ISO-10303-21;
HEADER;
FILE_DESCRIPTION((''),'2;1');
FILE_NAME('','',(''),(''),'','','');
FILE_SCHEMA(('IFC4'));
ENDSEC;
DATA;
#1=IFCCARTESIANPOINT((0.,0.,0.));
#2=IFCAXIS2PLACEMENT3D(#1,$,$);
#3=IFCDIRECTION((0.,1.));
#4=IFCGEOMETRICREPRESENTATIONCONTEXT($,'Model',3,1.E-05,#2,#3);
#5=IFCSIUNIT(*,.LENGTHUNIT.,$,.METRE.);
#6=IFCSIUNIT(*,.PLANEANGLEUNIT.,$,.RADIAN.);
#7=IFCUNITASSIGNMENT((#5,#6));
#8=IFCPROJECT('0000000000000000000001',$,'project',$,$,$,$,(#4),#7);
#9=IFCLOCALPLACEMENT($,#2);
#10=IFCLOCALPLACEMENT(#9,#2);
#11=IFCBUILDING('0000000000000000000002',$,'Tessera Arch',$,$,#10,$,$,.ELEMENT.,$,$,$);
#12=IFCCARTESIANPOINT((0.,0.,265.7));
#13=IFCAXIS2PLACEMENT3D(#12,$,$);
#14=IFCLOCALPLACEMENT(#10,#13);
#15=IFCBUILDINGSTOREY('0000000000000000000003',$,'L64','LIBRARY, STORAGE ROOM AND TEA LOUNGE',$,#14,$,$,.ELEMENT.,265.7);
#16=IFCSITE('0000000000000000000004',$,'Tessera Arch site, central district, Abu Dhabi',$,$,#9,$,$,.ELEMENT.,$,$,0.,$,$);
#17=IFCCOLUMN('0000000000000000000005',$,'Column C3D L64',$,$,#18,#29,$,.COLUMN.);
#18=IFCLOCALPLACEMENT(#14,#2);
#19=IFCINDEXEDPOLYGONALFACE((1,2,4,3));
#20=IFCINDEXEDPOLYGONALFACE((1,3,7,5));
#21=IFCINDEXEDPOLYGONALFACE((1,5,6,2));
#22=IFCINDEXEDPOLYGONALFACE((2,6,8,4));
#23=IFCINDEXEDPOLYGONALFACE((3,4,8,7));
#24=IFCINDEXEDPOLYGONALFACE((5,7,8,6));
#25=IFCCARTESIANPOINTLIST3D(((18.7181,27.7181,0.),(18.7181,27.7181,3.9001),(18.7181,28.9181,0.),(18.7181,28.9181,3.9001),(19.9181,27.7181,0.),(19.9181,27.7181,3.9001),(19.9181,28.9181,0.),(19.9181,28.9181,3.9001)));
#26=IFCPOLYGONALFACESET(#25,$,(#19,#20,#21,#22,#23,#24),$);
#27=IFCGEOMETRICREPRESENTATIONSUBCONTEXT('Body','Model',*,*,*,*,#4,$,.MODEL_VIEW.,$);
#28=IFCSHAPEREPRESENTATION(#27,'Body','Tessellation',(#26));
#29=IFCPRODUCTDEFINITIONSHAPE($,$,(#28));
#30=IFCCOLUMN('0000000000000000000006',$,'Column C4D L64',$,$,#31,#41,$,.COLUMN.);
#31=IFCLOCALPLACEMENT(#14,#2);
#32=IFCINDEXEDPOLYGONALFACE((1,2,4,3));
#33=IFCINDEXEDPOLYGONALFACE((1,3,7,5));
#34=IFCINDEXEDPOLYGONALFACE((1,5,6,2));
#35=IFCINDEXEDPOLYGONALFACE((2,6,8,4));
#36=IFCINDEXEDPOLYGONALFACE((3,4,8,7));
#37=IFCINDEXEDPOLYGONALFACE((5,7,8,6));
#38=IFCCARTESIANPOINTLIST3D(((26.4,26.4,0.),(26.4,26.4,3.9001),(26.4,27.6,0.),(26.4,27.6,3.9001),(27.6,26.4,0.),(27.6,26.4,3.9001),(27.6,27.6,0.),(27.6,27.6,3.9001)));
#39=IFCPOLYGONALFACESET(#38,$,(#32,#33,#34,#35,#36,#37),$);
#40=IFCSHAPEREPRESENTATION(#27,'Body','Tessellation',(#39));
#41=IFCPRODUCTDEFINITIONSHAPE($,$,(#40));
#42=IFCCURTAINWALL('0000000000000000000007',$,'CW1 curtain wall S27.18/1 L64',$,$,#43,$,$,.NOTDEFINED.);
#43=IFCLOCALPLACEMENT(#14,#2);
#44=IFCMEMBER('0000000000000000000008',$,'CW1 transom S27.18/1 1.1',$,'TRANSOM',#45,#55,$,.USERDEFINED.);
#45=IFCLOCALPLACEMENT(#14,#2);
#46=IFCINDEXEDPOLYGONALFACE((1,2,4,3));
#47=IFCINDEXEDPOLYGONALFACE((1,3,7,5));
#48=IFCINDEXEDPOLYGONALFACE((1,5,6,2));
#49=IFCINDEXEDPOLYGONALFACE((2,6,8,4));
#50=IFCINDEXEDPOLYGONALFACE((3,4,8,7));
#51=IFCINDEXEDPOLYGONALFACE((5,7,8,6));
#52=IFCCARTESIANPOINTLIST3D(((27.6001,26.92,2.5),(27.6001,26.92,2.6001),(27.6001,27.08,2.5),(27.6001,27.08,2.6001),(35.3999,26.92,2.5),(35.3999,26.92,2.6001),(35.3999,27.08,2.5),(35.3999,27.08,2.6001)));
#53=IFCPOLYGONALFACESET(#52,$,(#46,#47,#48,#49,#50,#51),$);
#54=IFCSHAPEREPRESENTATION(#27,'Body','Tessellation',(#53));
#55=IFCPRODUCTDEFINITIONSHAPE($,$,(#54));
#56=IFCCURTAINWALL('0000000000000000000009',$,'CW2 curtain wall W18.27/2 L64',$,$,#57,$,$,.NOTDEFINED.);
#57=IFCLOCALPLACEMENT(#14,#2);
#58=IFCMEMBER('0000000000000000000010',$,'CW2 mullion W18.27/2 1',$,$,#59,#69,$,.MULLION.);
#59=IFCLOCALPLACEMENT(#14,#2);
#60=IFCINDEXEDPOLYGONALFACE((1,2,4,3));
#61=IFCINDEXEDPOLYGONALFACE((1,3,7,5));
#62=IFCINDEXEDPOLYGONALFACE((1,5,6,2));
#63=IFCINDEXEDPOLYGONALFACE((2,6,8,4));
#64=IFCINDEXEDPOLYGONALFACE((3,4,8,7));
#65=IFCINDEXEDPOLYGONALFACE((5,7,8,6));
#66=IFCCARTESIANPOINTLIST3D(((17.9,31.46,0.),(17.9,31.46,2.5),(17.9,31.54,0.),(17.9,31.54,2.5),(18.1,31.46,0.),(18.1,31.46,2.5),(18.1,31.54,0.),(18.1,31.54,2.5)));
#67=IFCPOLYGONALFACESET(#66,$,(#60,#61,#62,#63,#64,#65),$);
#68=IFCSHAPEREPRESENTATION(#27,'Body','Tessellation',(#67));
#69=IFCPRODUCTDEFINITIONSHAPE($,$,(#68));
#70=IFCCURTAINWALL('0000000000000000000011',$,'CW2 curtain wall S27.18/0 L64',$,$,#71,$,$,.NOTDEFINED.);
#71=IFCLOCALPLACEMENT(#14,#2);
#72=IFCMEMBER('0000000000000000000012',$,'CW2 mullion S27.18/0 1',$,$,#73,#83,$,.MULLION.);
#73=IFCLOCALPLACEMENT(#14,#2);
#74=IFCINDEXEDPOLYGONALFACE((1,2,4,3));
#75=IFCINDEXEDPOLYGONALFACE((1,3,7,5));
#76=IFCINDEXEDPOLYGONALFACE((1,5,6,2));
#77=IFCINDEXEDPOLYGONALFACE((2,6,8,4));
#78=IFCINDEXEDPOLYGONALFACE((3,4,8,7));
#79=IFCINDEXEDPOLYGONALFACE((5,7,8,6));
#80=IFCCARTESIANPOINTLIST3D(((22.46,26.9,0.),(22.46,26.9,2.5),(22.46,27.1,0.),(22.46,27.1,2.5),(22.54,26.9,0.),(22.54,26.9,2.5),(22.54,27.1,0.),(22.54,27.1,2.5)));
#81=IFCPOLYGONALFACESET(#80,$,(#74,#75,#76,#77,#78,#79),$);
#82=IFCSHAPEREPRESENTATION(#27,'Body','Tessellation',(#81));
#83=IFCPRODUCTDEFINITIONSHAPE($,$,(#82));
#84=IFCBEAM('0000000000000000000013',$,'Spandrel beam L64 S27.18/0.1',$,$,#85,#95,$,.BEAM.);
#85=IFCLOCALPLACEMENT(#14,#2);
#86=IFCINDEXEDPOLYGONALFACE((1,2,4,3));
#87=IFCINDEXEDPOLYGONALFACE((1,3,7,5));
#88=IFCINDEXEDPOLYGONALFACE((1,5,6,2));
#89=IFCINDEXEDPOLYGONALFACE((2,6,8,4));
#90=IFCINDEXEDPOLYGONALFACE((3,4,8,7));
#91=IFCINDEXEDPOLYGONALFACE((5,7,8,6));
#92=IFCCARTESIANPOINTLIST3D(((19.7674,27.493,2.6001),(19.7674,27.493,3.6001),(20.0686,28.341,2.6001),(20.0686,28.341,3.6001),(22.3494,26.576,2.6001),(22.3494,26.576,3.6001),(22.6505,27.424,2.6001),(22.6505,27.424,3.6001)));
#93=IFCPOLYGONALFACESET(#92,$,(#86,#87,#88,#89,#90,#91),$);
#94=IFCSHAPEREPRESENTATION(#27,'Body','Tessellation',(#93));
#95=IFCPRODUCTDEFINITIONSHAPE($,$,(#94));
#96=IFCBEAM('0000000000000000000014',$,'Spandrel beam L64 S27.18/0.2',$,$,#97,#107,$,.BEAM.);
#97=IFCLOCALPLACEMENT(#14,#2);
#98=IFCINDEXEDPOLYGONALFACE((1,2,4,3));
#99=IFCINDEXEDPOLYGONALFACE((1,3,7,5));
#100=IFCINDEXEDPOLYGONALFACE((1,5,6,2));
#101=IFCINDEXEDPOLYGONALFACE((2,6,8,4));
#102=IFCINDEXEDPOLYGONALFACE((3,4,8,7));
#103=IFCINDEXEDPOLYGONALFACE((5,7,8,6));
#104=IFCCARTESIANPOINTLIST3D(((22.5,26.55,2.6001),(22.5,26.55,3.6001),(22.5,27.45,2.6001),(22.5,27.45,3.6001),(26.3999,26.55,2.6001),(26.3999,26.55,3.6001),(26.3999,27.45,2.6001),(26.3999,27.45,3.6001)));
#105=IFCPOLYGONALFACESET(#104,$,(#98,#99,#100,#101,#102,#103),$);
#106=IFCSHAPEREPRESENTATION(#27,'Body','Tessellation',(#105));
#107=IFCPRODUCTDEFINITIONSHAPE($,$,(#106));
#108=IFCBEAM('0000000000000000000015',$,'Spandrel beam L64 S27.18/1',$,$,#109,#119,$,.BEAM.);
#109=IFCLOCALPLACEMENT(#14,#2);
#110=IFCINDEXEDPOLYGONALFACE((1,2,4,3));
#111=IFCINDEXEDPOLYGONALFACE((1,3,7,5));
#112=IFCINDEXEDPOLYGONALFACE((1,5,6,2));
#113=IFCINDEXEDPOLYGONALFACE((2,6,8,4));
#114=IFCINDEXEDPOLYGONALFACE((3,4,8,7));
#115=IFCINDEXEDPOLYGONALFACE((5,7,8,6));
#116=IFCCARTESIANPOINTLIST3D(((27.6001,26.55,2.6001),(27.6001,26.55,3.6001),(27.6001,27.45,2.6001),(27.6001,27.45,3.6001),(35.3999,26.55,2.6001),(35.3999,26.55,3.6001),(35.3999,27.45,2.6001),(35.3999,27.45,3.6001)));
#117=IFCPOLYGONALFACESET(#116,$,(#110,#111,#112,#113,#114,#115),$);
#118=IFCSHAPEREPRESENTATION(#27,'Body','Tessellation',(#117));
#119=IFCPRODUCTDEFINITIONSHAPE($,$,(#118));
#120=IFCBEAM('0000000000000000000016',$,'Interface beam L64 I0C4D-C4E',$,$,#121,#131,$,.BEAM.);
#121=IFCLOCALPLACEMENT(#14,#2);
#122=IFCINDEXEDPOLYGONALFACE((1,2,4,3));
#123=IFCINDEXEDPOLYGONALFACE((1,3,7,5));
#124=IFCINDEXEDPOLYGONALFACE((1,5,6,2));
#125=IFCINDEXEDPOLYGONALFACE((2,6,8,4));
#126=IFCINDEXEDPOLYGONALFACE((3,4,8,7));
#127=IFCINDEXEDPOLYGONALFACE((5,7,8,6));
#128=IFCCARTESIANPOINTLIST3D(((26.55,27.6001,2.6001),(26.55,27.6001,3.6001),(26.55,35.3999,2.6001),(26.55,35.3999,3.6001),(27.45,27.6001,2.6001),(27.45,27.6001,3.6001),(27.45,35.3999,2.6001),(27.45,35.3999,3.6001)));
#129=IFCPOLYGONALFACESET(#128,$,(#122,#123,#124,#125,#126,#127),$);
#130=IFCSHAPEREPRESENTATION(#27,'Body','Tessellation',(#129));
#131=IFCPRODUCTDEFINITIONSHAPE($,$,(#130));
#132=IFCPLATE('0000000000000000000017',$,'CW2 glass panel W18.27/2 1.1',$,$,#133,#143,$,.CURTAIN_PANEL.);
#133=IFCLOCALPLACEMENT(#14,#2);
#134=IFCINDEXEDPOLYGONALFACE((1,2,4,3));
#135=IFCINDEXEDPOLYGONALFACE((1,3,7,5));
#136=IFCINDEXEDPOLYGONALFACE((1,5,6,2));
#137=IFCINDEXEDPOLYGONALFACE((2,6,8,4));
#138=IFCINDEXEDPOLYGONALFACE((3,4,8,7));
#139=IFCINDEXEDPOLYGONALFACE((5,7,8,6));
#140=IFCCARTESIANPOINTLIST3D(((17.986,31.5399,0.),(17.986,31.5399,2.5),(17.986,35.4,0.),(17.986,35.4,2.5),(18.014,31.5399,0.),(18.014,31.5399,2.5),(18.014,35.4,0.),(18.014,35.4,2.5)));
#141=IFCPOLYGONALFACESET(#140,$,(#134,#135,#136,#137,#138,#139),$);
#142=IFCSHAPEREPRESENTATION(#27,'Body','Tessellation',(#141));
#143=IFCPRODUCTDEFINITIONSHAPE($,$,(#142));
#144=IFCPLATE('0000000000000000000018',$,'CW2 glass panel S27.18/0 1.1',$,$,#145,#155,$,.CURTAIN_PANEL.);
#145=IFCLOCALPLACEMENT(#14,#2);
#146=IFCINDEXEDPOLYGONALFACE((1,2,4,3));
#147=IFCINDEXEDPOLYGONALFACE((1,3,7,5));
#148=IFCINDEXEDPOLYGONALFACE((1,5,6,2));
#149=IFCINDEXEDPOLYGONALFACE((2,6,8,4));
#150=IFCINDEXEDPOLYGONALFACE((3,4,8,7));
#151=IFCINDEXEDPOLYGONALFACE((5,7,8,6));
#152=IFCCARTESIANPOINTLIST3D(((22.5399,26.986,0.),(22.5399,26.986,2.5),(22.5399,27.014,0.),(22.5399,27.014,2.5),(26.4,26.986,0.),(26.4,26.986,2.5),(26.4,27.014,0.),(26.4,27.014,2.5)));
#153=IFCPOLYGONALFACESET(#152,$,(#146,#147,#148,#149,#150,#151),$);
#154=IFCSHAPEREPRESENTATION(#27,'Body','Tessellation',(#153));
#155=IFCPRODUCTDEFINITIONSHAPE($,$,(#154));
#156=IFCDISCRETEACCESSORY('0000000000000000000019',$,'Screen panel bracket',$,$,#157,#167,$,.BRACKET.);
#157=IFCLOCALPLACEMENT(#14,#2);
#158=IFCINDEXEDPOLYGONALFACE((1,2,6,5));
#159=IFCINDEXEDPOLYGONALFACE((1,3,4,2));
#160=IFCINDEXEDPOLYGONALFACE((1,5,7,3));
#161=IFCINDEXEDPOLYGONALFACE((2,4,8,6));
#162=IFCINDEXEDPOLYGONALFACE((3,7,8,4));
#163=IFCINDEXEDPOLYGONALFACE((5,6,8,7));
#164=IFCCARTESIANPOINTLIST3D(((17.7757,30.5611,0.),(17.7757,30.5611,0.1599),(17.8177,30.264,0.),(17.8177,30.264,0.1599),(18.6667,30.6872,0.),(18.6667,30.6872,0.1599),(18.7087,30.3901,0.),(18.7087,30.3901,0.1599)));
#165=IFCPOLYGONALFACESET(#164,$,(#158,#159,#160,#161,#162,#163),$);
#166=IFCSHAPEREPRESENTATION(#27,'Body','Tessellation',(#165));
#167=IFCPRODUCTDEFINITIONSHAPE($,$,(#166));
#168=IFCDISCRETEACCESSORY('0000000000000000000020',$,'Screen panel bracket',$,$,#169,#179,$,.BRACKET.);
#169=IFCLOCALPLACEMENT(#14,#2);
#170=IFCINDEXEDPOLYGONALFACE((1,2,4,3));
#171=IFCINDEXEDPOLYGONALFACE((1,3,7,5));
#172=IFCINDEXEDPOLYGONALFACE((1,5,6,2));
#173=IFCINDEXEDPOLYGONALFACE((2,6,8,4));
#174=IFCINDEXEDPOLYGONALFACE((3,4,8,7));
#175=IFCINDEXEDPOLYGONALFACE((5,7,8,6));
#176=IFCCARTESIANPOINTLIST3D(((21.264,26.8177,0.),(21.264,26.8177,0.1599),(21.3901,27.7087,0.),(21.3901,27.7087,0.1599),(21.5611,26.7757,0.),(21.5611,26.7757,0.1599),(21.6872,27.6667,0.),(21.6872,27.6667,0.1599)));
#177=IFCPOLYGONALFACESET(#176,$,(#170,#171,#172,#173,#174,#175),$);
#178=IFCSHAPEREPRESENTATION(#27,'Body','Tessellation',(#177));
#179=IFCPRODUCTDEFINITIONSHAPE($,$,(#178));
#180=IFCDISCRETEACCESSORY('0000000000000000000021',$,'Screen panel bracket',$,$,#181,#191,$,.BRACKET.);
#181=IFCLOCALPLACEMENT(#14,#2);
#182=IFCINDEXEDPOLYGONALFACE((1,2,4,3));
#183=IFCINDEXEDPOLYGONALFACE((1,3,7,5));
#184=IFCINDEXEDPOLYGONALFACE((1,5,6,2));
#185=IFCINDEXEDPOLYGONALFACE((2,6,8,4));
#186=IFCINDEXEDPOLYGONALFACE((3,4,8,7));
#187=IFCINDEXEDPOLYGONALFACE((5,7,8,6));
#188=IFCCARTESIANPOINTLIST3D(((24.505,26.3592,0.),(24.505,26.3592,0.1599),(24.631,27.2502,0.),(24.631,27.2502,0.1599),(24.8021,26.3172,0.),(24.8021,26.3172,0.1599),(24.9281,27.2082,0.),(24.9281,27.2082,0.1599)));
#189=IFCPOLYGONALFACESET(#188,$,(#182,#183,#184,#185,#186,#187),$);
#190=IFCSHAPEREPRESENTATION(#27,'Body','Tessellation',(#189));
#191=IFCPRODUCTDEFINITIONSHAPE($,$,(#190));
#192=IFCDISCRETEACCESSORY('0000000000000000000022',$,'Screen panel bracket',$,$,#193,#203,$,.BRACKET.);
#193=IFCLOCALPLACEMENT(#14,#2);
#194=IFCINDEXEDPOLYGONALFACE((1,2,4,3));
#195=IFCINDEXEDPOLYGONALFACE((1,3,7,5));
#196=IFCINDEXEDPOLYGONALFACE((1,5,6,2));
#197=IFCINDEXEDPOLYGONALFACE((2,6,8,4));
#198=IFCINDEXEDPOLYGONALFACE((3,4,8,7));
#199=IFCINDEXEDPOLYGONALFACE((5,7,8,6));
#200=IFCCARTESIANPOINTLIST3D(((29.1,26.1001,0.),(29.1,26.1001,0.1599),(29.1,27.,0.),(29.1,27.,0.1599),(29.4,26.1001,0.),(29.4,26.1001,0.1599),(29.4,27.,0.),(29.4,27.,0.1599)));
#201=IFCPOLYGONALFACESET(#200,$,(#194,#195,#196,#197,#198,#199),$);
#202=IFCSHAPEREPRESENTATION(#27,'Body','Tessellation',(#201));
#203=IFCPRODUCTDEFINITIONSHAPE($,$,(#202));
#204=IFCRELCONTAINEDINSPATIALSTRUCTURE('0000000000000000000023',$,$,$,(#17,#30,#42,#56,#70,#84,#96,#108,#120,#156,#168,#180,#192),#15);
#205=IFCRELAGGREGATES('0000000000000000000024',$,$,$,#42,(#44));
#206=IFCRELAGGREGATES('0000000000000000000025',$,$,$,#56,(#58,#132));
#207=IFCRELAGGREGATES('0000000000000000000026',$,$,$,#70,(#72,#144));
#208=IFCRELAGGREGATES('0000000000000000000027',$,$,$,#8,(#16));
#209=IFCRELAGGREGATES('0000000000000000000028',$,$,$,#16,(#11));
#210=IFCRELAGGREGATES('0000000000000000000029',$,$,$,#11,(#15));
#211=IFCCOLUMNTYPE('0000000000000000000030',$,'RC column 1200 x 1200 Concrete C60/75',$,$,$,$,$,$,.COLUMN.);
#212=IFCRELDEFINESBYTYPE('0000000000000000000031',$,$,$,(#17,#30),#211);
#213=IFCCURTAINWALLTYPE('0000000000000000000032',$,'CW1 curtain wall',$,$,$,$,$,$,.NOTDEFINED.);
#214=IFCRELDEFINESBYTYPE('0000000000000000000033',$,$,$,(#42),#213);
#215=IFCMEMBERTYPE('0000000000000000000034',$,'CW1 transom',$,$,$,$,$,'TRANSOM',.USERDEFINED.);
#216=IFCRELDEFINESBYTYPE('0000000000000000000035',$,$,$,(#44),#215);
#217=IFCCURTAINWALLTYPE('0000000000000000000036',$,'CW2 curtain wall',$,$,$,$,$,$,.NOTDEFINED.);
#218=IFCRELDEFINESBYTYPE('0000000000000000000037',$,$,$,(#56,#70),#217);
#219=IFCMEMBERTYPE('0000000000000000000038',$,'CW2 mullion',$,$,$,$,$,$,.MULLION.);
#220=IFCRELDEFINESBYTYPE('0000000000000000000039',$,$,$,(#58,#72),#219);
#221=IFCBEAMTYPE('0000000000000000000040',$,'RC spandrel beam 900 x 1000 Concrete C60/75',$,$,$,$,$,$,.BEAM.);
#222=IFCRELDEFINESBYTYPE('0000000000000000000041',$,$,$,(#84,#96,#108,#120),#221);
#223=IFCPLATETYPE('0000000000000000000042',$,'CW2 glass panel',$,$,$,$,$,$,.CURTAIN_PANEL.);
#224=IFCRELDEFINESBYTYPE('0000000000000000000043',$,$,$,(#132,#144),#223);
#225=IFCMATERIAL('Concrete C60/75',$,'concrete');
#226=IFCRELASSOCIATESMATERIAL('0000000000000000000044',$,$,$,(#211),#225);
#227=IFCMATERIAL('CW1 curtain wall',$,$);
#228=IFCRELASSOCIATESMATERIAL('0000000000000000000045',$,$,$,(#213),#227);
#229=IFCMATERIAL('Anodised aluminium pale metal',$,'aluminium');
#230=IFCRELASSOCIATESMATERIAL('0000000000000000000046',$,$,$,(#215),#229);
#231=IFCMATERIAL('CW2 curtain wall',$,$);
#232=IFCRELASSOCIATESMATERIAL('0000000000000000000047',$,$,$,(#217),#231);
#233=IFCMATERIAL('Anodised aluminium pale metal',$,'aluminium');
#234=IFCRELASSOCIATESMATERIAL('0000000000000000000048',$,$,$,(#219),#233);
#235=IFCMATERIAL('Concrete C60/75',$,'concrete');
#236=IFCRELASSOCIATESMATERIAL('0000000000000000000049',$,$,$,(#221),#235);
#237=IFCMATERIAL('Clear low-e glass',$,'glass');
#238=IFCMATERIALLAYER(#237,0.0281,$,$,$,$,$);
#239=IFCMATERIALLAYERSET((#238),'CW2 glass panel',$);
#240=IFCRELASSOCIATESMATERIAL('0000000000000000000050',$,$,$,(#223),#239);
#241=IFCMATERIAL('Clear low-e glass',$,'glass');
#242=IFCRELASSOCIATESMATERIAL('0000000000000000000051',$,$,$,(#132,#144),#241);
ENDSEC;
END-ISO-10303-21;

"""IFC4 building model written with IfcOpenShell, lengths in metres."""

from ifc_helpers import new_model, si_unit, direction, frame, origin, origin_2d, place, context, subcontext, project, spatial, rectangle, extrude, material, layer, layer_set, material_profile, profile_set, type_object, element, aggregate, save


model = new_model("IFC4")

# Units and contexts
model_context = context("Model", 3, precision=1e-05, world=origin(), true_north=direction((0.0, 1.0)))
body_context = subcontext(model_context, "Body", "Model", "MODEL_VIEW")
ifc_project = project(units=[si_unit("LENGTHUNIT", "METRE"), si_unit("PLANEANGLEUNIT", "RADIAN")], contexts=[model_context])

# Site, building, storey
site_placement = place(None, origin())
site = spatial("IfcSite", under=ifc_project, at=site_placement, Name="Tessera Arch site, central district, Abu Dhabi", CompositionType="ELEMENT", RefElevation=0.0)
building_placement = place(site_placement, origin())
building = spatial("IfcBuilding", under=site, at=building_placement, Name="Tessera Arch", CompositionType="ELEMENT")
storey_placement = place(building_placement, frame((0.0, 0.0, 265.7)))
storey = spatial("IfcBuildingStorey", under=building, at=storey_placement, Name="L64", Description="LIBRARY, STORAGE ROOM AND TEA LOUNGE", CompositionType="ELEMENT", Elevation=265.7)

# Columns
ifc_material_1 = material(Name="Concrete C60/75", Category="concrete")
ifc_material_profile_1 = material_profile(ifc_material_1, rectangle(XDim=1.2, YDim=1.2, at=origin_2d()), Name="RC column 1200 x 1200 Concrete C60/75")
ifc_profile_set_1 = profile_set([ifc_material_profile_1], Name="Concrete C60/75")
column_type = type_object("IfcColumnType", Name="RC column 1200 x 1200 Concrete C60/75", PredefinedType="COLUMN", material=ifc_profile_set_1)
for number, where, z_axis, x_axis, name in (
    (1, (19.3181, 28.3181, 0.0), (0.0, 0.0, 1.0), (1.0, 0.0, 0.0), "Column C3D L64"),
    (2, (27.0, 27.0, 0.0), (0.0, 0.0, 1.0), (1.0, 0.0, 0.0), "Column C4D L64"),
):
    element("IfcColumn", number, at=place(storey_placement, frame(where, z_axis=z_axis, x_axis=x_axis)), inside=storey, type_object=column_type, Name=name, PredefinedType="COLUMN", context=body_context, shape_type="SweptSolid", body=[
        extrude(rectangle(XDim=1.2, YDim=1.2, at=origin_2d()), origin(), (0.0, 0.0, 1.0), 3.9001),
    ])

# Curtain walls, members
ifc_material_2 = material(Name="CW1 curtain wall")
curtain_wall_type_1 = type_object("IfcCurtainWallType", Name="CW1 curtain wall", PredefinedType="NOTDEFINED", material=ifc_material_2)
curtain_wall_1_placement = place(storey_placement, origin())
curtain_wall_1 = element("IfcCurtainWall", 3, at=curtain_wall_1_placement, inside=storey, type_object=curtain_wall_type_1, Name="CW1 curtain wall S27.18/1 L64", PredefinedType="NOTDEFINED")
ifc_material_3 = material(Name="Anodised aluminium pale metal", Category="aluminium")
ifc_material_profile_2 = material_profile(ifc_material_3, rectangle(XDim=0.1599, YDim=0.1001, at=origin_2d()), Name="AL 160x100")
ifc_profile_set_2 = profile_set([ifc_material_profile_2], Name="Anodised aluminium pale metal")
member_type_1 = type_object("IfcMemberType", Name="CW1 transom", ElementType="TRANSOM", PredefinedType="USERDEFINED", material=ifc_profile_set_2)
member_1_placement = place(storey_placement, frame((27.6001, 27.0, 2.55), z_axis=(1.0, 0.0, 0.0), x_axis=(0.0, 1.0, 0.0)))
member_1 = element("IfcMember", 4, at=member_1_placement, type_object=member_type_1, Name="CW1 transom S27.18/1 1.1", ObjectType="TRANSOM", PredefinedType="USERDEFINED", context=body_context, shape_type="SweptSolid", body=[
    extrude(rectangle(XDim=0.1599, YDim=0.1001, at=origin_2d()), origin(), (0.0, 0.0, 1.0), 7.7998),
])
aggregate(curtain_wall_1, [member_1])
ifc_material_4 = material(Name="CW2 curtain wall")
curtain_wall_type_2 = type_object("IfcCurtainWallType", Name="CW2 curtain wall", PredefinedType="NOTDEFINED", material=ifc_material_4)
curtain_wall_2_placement = place(storey_placement, origin())
curtain_wall_2 = element("IfcCurtainWall", 5, at=curtain_wall_2_placement, inside=storey, type_object=curtain_wall_type_2, Name="CW2 curtain wall W18.27/2 L64", PredefinedType="NOTDEFINED")
ifc_material_5 = material(Name="Anodised aluminium pale metal", Category="aluminium")
ifc_material_profile_3 = material_profile(ifc_material_5, rectangle(XDim=0.2, YDim=0.0801, at=origin_2d()), Name="AL 80x200")
ifc_profile_set_3 = profile_set([ifc_material_profile_3], Name="Anodised aluminium pale metal")
member_type_2 = type_object("IfcMemberType", Name="CW2 mullion", PredefinedType="MULLION", material=ifc_profile_set_3)
member_2_placement = place(storey_placement, frame((18.0, 31.5, 0.0), z_axis=(0.0, 0.0, 1.0), x_axis=(1.0, 0.0, 0.0)))
member_2 = element("IfcMember", 6, at=member_2_placement, type_object=member_type_2, Name="CW2 mullion W18.27/2 1", PredefinedType="MULLION", context=body_context, shape_type="SweptSolid", body=[
    extrude(rectangle(XDim=0.2, YDim=0.0801, at=origin_2d()), origin(), (0.0, 0.0, 1.0), 2.5),
])
curtain_wall_3_placement = place(storey_placement, origin())
curtain_wall_3 = element("IfcCurtainWall", 7, at=curtain_wall_3_placement, inside=storey, type_object=curtain_wall_type_2, Name="CW2 curtain wall S27.18/0 L64", PredefinedType="NOTDEFINED")
member_3_placement = place(storey_placement, frame((22.5, 27.0, 0.0), z_axis=(0.0, 0.0, 1.0), x_axis=(0.0, 1.0, 0.0)))
member_3 = element("IfcMember", 8, at=member_3_placement, type_object=member_type_2, Name="CW2 mullion S27.18/0 1", PredefinedType="MULLION", context=body_context, shape_type="SweptSolid", body=[
    extrude(rectangle(XDim=0.2, YDim=0.0801, at=origin_2d()), origin(), (0.0, 0.0, 1.0), 2.5),
])

# Beams
ifc_material_6 = material(Name="Concrete C60/75", Category="concrete")
ifc_material_profile_4 = material_profile(ifc_material_6, rectangle(XDim=0.8999, YDim=1.0, at=origin_2d()), Name="RC spandrel beam 900 x 1000 Concrete C60/75")
ifc_profile_set_4 = profile_set([ifc_material_profile_4], Name="Concrete C60/75")
beam_type = type_object("IfcBeamType", Name="RC spandrel beam 900 x 1000 Concrete C60/75", PredefinedType="BEAM", material=ifc_profile_set_4)
beam_1_placement = place(storey_placement, frame((19.918, 27.917, 3.1001), z_axis=(0.942337, -0.334665, 0.0), x_axis=(0.334665, 0.942337, 0.0)))
element("IfcBeam", 9, at=beam_1_placement, inside=storey, type_object=beam_type, Name="Spandrel beam L64 S27.18/0.1", PredefinedType="BEAM", context=body_context, shape_type="SweptSolid", body=[
    extrude(rectangle(XDim=0.8999, YDim=1.0, at=origin_2d()), origin(), (0.0, 0.0, 1.0), 2.74),
])
beam_2_placement = place(storey_placement, frame((22.5, 27.0, 3.1001), z_axis=(1.0, 0.0, 0.0), x_axis=(0.0, 1.0, 0.0)))
element("IfcBeam", 10, at=beam_2_placement, inside=storey, type_object=beam_type, Name="Spandrel beam L64 S27.18/0.2", PredefinedType="BEAM", context=body_context, shape_type="SweptSolid", body=[
    extrude(rectangle(XDim=0.8999, YDim=1.0, at=origin_2d()), origin(), (0.0, 0.0, 1.0), 3.8999),
])
for number, where, z_axis, x_axis, name in (
    (11, (27.6001, 27.0, 3.1001), (1.0, 0.0, 0.0), (0.0, 1.0, 0.0), "Spandrel beam L64 S27.18/1"),
    (12, (27.0, 27.6001, 3.1001), (0.0, 1.0, 0.0), (-1.0, 0.0, 0.0), "Interface beam L64 I0C4D-C4E"),
):
    element("IfcBeam", number, at=place(storey_placement, frame(where, z_axis=z_axis, x_axis=x_axis)), inside=storey, type_object=beam_type, Name=name, PredefinedType="BEAM", context=body_context, shape_type="SweptSolid", body=[
        extrude(rectangle(XDim=0.8999, YDim=1.0, at=origin_2d()), origin(), (0.0, 0.0, 1.0), 7.7998),
    ])

# Plates
ifc_material_7 = material(Name="Clear low-e glass", Category="glass")
ifc_material_8 = material(Name="Clear low-e glass", Category="glass")
ifc_layer = layer(ifc_material_8, 0.0281)
ifc_layer_set = layer_set([ifc_layer], Name="CW2 glass panel")
plate_type = type_object("IfcPlateType", Name="CW2 glass panel", PredefinedType="CURTAIN_PANEL", material=ifc_layer_set)
plate_1_placement = place(storey_placement, frame((18.0, 33.47, 0.0), z_axis=(0.0, 0.0, 1.0), x_axis=(0.0, -1.0, 0.0)))
plate_1 = element("IfcPlate", 13, at=plate_1_placement, type_object=plate_type, material=ifc_material_7, Name="CW2 glass panel W18.27/2 1.1", PredefinedType="CURTAIN_PANEL", context=body_context, shape_type="SweptSolid", body=[
    extrude(rectangle(XDim=3.8601, YDim=0.0281, at=origin_2d()), origin(), (0.0, 0.0, 1.0), 2.5),
])
aggregate(curtain_wall_2, [member_2, plate_1])
plate_2_placement = place(storey_placement, frame((24.47, 27.0, 0.0), z_axis=(0.0, 0.0, 1.0), x_axis=(1.0, 0.0, 0.0)))
plate_2 = element("IfcPlate", 14, at=plate_2_placement, type_object=plate_type, material=ifc_material_7, Name="CW2 glass panel S27.18/0 1.1", PredefinedType="CURTAIN_PANEL", context=body_context, shape_type="SweptSolid", body=[
    extrude(rectangle(XDim=3.8601, YDim=0.0281, at=origin_2d()), origin(), (0.0, 0.0, 1.0), 2.5),
])
aggregate(curtain_wall_3, [member_3, plate_2])

# Discrete accessories
for number, where, z_axis, x_axis, name in (
    (15, (18.2422, 30.4756, 0.0), (0.0, 0.0, 1.0), (-0.990139, -0.140089, 0.0), "Screen panel bracket"),
    (16, (21.4756, 27.2422, 0.0), (0.0, 0.0, 1.0), (-0.140089, -0.990139, 0.0), "Screen panel bracket"),
    (17, (24.7166, 26.7837, 0.0), (0.0, 0.0, 1.0), (-0.140089, -0.990139, 0.0), "Screen panel bracket"),
    (18, (29.25, 26.55, 0.0), (0.0, 0.0, 1.0), (0.0, -1.0, 0.0), "Screen panel bracket"),
):
    element("IfcDiscreteAccessory", number, at=place(storey_placement, frame(where, z_axis=z_axis, x_axis=x_axis)), inside=storey, Name=name, PredefinedType="BRACKET", context=body_context, shape_type="SweptSolid", body=[
        extrude(rectangle(XDim=0.8999, YDim=0.3, at=origin_2d()), origin(), (0.0, 0.0, 1.0), 0.1599),
    ])

save(model, "model.ifc")
